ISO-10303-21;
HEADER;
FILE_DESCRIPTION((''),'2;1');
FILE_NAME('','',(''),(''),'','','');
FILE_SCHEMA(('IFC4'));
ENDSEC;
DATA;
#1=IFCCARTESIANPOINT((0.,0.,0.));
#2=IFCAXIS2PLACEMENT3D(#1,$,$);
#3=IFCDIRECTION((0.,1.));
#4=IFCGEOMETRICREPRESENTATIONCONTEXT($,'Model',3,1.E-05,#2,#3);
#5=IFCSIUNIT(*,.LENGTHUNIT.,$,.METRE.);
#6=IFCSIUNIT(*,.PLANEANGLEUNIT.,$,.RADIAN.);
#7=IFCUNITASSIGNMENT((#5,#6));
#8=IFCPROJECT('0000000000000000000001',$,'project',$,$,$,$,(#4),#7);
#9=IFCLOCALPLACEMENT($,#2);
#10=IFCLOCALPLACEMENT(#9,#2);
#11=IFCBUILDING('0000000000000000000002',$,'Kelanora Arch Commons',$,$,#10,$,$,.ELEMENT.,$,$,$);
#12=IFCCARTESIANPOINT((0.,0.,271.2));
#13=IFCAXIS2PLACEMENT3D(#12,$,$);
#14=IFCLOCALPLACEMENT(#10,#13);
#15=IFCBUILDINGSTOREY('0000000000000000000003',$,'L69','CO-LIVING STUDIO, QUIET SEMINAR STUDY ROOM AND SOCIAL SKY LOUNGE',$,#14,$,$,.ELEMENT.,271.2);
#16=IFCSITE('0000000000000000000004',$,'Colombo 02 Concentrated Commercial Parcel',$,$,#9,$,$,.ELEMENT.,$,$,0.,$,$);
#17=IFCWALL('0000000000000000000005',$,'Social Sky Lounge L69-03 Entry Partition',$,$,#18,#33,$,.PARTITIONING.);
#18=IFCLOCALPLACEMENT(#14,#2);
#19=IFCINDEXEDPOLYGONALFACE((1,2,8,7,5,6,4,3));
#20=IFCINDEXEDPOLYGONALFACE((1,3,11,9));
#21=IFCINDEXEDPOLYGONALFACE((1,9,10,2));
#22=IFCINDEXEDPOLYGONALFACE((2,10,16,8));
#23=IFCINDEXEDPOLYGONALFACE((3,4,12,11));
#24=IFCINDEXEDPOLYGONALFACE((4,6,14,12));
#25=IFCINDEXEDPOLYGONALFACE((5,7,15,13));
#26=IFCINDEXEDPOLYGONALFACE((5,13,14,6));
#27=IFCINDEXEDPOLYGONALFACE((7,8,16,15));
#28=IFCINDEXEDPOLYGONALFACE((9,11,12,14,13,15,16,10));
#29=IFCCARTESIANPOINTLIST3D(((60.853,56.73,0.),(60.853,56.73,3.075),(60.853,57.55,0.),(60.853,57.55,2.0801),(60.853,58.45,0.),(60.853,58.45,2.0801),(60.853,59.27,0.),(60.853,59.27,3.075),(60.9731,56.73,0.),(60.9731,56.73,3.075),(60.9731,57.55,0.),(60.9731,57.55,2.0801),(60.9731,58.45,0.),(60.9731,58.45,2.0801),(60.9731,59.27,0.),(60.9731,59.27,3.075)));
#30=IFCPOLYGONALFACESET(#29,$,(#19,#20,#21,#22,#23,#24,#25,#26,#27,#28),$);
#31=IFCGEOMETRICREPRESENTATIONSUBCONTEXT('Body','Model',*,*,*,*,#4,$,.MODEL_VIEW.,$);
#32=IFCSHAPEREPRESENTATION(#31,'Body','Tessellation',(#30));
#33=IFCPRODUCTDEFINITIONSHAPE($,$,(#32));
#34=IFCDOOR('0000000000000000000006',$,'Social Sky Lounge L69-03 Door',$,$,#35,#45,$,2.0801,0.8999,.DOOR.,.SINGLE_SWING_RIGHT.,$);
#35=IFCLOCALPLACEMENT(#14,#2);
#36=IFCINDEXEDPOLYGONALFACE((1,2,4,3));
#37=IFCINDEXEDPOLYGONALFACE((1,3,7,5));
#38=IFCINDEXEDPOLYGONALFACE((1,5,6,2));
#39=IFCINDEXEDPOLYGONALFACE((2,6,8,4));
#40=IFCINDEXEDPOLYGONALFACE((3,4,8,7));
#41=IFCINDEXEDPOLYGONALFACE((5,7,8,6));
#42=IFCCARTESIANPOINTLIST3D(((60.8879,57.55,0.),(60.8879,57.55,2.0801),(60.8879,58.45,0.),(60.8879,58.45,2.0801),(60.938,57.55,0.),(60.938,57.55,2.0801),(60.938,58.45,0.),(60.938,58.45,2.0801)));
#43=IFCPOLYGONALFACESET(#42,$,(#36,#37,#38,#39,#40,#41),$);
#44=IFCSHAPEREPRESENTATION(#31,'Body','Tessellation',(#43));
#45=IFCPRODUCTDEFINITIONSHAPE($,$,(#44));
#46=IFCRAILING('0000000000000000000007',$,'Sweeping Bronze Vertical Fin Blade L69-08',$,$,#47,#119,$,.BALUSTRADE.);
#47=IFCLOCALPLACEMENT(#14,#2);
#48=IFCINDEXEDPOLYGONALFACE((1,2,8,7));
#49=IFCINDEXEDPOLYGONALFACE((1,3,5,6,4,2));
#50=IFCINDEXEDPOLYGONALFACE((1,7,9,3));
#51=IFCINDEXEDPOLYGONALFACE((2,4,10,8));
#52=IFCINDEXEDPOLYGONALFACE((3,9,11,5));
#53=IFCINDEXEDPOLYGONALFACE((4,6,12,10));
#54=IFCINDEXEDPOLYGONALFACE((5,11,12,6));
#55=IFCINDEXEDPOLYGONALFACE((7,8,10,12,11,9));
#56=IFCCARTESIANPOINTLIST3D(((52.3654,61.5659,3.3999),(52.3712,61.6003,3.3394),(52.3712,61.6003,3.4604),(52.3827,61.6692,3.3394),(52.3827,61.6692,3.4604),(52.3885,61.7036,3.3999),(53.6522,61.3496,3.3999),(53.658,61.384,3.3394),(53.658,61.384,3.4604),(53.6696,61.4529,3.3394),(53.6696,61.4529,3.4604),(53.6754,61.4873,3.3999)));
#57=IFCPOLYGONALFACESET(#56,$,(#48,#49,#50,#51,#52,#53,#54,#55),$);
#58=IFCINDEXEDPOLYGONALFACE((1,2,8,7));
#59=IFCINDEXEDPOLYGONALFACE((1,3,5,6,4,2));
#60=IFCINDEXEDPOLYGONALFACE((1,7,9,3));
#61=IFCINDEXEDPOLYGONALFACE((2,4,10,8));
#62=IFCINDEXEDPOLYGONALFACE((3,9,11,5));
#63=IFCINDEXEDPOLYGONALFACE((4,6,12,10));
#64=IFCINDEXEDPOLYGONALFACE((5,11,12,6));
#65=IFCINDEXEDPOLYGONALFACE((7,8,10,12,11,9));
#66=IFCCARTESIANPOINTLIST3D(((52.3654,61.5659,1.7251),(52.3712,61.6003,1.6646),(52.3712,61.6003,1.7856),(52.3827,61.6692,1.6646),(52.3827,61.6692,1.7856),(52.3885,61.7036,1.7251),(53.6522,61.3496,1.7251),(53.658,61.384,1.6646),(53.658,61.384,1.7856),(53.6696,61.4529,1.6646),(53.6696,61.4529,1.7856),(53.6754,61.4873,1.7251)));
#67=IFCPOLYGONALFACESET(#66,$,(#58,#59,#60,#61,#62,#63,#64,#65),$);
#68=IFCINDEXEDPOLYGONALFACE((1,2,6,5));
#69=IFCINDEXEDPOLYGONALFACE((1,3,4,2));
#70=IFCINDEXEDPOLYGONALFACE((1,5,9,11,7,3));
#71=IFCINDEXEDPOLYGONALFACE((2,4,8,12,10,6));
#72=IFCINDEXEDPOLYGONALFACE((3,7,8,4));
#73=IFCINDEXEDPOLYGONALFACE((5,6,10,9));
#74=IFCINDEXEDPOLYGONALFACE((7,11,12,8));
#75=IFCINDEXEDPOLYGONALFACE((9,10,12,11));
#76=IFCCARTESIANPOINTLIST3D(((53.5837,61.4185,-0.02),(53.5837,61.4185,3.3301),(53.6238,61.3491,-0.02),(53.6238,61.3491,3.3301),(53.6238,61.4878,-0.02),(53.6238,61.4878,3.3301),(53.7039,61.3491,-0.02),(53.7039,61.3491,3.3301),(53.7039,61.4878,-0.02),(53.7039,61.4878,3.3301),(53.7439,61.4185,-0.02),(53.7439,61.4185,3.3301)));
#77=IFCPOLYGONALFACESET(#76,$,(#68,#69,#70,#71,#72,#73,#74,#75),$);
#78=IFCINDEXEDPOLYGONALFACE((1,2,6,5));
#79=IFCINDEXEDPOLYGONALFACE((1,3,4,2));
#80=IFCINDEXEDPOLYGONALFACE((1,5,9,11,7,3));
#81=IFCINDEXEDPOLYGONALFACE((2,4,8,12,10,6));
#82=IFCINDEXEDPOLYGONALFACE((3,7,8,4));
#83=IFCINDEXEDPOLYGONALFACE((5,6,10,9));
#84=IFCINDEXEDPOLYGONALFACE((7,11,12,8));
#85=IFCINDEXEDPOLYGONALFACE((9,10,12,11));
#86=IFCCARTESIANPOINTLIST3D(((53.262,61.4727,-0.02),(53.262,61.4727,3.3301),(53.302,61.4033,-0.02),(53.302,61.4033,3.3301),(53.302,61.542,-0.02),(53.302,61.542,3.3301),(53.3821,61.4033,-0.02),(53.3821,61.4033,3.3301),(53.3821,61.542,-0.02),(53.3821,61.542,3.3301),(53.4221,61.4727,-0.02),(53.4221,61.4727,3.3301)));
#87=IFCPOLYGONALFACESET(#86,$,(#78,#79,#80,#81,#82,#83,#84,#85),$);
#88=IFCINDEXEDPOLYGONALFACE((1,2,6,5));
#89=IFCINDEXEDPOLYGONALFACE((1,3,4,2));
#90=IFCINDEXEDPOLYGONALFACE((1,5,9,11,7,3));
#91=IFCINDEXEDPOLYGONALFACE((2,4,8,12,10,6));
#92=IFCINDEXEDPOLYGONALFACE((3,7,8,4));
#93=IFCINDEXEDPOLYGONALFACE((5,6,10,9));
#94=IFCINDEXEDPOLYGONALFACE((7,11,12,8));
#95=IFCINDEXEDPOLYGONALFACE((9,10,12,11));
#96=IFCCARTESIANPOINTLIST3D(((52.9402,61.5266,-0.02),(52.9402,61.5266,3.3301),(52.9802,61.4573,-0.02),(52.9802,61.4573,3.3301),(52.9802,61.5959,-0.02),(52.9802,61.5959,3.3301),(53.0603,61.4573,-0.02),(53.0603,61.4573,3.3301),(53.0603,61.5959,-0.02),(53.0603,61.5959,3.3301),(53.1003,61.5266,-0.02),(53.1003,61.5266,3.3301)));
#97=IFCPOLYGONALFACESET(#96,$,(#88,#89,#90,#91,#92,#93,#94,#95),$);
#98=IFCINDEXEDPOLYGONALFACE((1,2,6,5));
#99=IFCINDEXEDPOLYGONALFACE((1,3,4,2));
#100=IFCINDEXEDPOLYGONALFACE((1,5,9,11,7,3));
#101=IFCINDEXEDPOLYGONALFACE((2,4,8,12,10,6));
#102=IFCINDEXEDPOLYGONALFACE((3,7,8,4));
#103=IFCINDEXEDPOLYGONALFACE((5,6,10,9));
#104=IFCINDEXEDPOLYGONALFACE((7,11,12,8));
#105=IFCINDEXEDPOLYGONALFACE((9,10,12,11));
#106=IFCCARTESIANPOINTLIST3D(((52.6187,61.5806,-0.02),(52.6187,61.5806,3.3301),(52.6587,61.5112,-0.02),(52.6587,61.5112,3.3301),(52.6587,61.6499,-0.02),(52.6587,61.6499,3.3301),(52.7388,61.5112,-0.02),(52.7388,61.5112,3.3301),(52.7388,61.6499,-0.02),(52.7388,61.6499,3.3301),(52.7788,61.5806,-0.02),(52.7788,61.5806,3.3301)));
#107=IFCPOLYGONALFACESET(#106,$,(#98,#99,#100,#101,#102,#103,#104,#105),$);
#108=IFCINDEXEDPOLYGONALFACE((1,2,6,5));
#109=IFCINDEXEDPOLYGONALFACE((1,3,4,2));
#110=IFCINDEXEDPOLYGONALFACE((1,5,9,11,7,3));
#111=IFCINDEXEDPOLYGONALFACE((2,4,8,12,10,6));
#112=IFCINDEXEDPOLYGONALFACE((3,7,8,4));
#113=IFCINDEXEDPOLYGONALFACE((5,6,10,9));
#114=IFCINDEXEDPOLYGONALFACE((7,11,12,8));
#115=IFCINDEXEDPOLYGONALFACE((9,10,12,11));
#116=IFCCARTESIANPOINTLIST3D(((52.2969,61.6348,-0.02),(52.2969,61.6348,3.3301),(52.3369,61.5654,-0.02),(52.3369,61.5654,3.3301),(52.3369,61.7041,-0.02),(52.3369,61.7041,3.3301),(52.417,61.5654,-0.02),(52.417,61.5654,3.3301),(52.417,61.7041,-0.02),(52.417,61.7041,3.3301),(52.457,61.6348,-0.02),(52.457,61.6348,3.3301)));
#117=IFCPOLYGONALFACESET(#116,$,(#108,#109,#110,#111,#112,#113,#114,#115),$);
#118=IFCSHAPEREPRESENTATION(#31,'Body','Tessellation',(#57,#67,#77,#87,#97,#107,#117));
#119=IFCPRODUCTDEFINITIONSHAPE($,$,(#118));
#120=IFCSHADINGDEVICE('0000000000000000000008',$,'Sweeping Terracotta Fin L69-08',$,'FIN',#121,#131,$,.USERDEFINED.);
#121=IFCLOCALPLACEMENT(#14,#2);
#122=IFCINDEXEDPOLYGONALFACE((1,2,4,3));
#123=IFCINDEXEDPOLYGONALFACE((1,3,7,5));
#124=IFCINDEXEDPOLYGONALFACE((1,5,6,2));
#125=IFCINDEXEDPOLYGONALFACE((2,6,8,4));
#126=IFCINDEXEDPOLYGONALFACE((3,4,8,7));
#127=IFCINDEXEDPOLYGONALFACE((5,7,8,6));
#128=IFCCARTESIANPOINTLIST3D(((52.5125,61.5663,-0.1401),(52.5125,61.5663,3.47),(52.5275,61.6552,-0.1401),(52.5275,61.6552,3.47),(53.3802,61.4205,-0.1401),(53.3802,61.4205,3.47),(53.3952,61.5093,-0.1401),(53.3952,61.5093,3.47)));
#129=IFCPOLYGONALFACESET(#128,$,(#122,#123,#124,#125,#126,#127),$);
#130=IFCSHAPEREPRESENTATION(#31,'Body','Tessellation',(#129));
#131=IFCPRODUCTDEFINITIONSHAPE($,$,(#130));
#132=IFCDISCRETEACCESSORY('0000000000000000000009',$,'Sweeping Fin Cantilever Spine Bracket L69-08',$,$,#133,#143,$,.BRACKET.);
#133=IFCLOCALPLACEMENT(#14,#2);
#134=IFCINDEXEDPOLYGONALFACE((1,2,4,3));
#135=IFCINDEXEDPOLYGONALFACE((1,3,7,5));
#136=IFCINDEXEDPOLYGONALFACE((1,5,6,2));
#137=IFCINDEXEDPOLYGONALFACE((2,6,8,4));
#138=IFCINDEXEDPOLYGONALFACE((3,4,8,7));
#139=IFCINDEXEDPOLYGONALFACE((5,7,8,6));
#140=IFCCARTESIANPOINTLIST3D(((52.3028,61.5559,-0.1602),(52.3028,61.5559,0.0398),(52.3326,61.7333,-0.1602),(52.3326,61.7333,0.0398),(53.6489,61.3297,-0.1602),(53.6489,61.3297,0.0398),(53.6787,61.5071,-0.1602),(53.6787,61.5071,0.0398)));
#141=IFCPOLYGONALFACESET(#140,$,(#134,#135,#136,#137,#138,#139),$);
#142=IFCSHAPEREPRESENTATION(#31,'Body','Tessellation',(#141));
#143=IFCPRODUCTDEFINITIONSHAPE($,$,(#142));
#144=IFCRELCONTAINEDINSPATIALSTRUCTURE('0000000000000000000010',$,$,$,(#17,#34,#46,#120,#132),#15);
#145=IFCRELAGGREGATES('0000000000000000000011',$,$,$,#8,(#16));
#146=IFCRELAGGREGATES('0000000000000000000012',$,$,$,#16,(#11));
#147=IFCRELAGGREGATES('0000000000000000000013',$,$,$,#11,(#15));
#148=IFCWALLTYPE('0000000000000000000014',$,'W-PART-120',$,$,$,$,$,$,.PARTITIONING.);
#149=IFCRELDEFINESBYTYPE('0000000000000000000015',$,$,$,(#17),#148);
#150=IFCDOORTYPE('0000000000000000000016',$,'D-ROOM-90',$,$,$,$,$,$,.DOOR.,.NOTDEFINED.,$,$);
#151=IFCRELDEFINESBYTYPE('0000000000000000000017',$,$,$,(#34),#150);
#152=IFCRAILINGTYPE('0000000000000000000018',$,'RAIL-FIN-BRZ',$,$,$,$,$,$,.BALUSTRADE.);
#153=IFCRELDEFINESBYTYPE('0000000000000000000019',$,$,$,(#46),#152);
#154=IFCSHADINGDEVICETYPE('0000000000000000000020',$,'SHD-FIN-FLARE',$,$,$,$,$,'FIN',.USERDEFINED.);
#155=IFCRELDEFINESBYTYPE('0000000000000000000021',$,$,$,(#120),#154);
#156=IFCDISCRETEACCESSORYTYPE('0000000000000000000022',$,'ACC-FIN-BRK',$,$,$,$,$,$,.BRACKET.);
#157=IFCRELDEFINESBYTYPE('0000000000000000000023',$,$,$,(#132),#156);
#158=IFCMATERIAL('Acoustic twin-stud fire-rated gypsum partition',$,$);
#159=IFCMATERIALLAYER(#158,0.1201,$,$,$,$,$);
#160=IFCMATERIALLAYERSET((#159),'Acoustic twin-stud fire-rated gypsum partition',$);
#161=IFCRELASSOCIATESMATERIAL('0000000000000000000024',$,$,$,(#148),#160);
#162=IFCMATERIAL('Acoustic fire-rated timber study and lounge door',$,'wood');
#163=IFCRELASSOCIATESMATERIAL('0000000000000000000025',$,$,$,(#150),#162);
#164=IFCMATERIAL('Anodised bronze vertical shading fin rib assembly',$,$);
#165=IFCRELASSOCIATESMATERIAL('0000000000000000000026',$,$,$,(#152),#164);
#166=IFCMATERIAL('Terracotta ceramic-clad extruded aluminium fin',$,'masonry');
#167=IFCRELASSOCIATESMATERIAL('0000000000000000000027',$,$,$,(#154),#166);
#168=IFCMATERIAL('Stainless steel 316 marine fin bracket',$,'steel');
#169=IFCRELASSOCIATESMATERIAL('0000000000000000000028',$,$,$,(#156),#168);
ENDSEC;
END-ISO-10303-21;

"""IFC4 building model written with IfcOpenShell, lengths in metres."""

from ifc_helpers import new_model, si_unit, direction, frame, frame_2d, origin, origin_2d, place, context, subcontext, project, spatial, polyline, rectangle, outline, extrude, source, transform, mapped, material, layer, layer_set, type_object, element, fill, save


model = new_model("IFC4")

# Units and contexts
model_context = context("Model", 3, precision=1e-05, world=origin(), true_north=direction((0.0, 1.0)))
body_context = subcontext(model_context, "Body", "Model", "MODEL_VIEW")
ifc_project = project(units=[si_unit("LENGTHUNIT", "METRE"), si_unit("PLANEANGLEUNIT", "RADIAN")], contexts=[model_context])

# Site, building, storey
site_placement = place(None, origin())
site = spatial("IfcSite", under=ifc_project, at=site_placement, Name="Colombo 02 Concentrated Commercial Parcel", CompositionType="ELEMENT", RefElevation=0.0)
building_placement = place(site_placement, origin())
building = spatial("IfcBuilding", under=site, at=building_placement, Name="Kelanora Arch Commons", CompositionType="ELEMENT")
storey_placement = place(building_placement, frame((0.0, 0.0, 271.2)))
storey = spatial("IfcBuildingStorey", under=building, at=storey_placement, Name="L69", Description="CO-LIVING STUDIO, QUIET SEMINAR STUDY ROOM AND SOCIAL SKY LOUNGE", CompositionType="ELEMENT", Elevation=271.2)

# Wall, opening, door
ifc_material_1 = material(Name="Acoustic twin-stud fire-rated gypsum partition")
ifc_layer_1 = layer(ifc_material_1, 0.1201)
ifc_layer_set_1 = layer_set([ifc_layer_1], Name="Acoustic twin-stud fire-rated gypsum partition")
wall_type_1 = type_object("IfcWallType", Name="W-PART-120", PredefinedType="PARTITIONING", material=ifc_layer_set_1)
wall_1_placement = place(storey_placement, frame((60.9131, 59.27, 0.0), z_axis=(0.0, 0.0, 1.0), x_axis=(0.0, -1.0, 0.0)))
wall_1 = element("IfcWall", 1, at=wall_1_placement, inside=storey, type_object=wall_type_1, Name="Social Sky Lounge L69-03 Entry Partition", PredefinedType="PARTITIONING", context=body_context, shape_type="SweptSolid", body=[
    extrude(rectangle(XDim=2.54, YDim=0.1201, at=frame_2d((1.27, 0.0))), origin(), (0.0, 0.0, 1.0), 3.075),
])
opening_placement = place(wall_1_placement, frame((0.8201, 0.0, 0.0)))
opening = element("IfcOpeningElement", 2, at=opening_placement, cuts=wall_1, PredefinedType="OPENING", context=body_context, shape_type="SweptSolid", body=[
    extrude(rectangle(XDim=0.8999, YDim=2.0801, at=frame_2d((0.45, 1.04))), frame((0.0, 0.0701, 0.0), z_axis=(0.0, -1.0, 0.0), x_axis=(1.0, 0.0, 0.0)), (0.0, 0.0, 1.0), 0.1401),
])
ifc_material_2 = material(Name="Acoustic fire-rated timber study and lounge door", Category="wood")
door_type = type_object("IfcDoorType", Name="D-ROOM-90", OperationType="NOTDEFINED", PredefinedType="DOOR", material=ifc_material_2)
door_placement = place(opening_placement, origin())
door = element("IfcDoor", 3, at=door_placement, inside=storey, type_object=door_type, Name="Social Sky Lounge L69-03 Door", OperationType="SINGLE_SWING_RIGHT", OverallHeight=2.0801, OverallWidth=0.8999, PredefinedType="DOOR", context=body_context, shape_type="SweptSolid", body=[
    extrude(rectangle(XDim=0.8999, YDim=2.0801, at=frame_2d((0.45, 1.04))), frame((0.0, 0.0249, 0.0), z_axis=(0.0, -1.0, 0.0), x_axis=(1.0, 0.0, 0.0)), (0.0, 0.0, 1.0), 0.05),
])
fill(opening, door)

# Railing
ifc_material_3 = material(Name="Anodised bronze vertical shading fin rib assembly")
railing_type = type_object("IfcRailingType", Name="RAIL-FIN-BRZ", PredefinedType="BALUSTRADE", material=ifc_material_3)
railing_placement = place(storey_placement, frame((53.6638, 61.4185, -0.02)))
element("IfcRailing", 4, at=railing_placement, inside=storey, type_object=railing_type, Name="Sweeping Bronze Vertical Fin Blade L69-08", PredefinedType="BALUSTRADE", context=body_context, shape_type="SweptSolid", body=[
    extrude(outline(polyline([(0.0698, 0.0), (0.0349, 0.0605), (-0.0349, 0.0605), (-0.0698, 0.0), (-0.0349, -0.0605), (0.0349, -0.0605), (0.0698, 0.0)])), frame((0.0, 0.0, 3.4199), z_axis=(-0.986165, 0.165764, 0.0), x_axis=(-0.165764, -0.986165, 0.0)), (0.0, 0.0, 1.0), 1.3049),
    extrude(outline(polyline([(0.0698, 0.0), (0.0349, 0.0605), (-0.0349, 0.0605), (-0.0698, 0.0), (-0.0349, -0.0605), (0.0349, -0.0605), (0.0698, 0.0)])), frame((0.0, 0.0, 1.7451), z_axis=(-0.986165, 0.165764, 0.0), x_axis=(-0.165764, -0.986165, 0.0)), (0.0, 0.0, 1.0), 1.3049),
    extrude(outline(polyline([(0.0801, 0.0), (0.04, 0.0693), (-0.04, 0.0693), (-0.0801, 0.0), (-0.04, -0.0693), (0.04, -0.0693), (0.0801, 0.0)])), origin(), (0.0, 0.0, 1.0), 3.3501),
    extrude(outline(polyline([(0.0801, 0.0), (0.04, 0.0693), (-0.04, 0.0693), (-0.0801, 0.0), (-0.04, -0.0693), (0.04, -0.0693), (0.0801, 0.0)])), frame((-0.3218, 0.0542, 0.0)), (0.0, 0.0, 1.0), 3.3501),
    extrude(outline(polyline([(0.0801, 0.0), (0.04, 0.0693), (-0.04, 0.0693), (-0.0801, 0.0), (-0.04, -0.0693), (0.04, -0.0693), (0.0801, 0.0)])), frame((-0.6436, 0.1082, 0.0)), (0.0, 0.0, 1.0), 3.3501),
    extrude(outline(polyline([(0.0801, 0.0), (0.04, 0.0693), (-0.04, 0.0693), (-0.0801, 0.0), (-0.04, -0.0693), (0.04, -0.0693), (0.0801, 0.0)])), frame((-0.9651, 0.1621, 0.0)), (0.0, 0.0, 1.0), 3.3501),
    extrude(outline(polyline([(0.0801, 0.0), (0.04, 0.0693), (-0.04, 0.0693), (-0.0801, 0.0), (-0.04, -0.0693), (0.04, -0.0693), (0.0801, 0.0)])), frame((-1.2869, 0.2163, 0.0)), (0.0, 0.0, 1.0), 3.3501),
])

# Shading device
ifc_material_4 = material(Name="Terracotta ceramic-clad extruded aluminium fin", Category="masonry")
shading_device_type = type_object("IfcShadingDeviceType", Name="SHD-FIN-FLARE", ElementType="FIN", PredefinedType="USERDEFINED", material=ifc_material_4)
shared_shape_1 = source(origin(), body_context, "Body", "SweptSolid", [
    extrude(rectangle(XDim=0.8799, YDim=0.0901, at=origin_2d()), origin(), (0.0, 0.0, 1.0), 3.6101),
])
shading_device_placement = place(storey_placement, frame((52.9539, 61.5378, -0.1401), z_axis=(0.0, 0.0, 1.0), x_axis=(-0.98617, 0.165736, 0.0)))
element("IfcShadingDevice", 5, at=shading_device_placement, inside=storey, type_object=shading_device_type, Name="Sweeping Terracotta Fin L69-08", ObjectType="FIN", PredefinedType="USERDEFINED", context=body_context, shape_type="MappedRepresentation", body=[
    mapped(shared_shape_1, transform((0.0, 0.0, 0.0), scale=1.0)),
])

# Discrete accessory
ifc_material_5 = material(Name="Stainless steel 316 marine fin bracket", Category="steel")
discrete_accessory_type = type_object("IfcDiscreteAccessoryType", Name="ACC-FIN-BRK", PredefinedType="BRACKET", material=ifc_material_5)
shared_shape_2 = source(origin(), body_context, "Body", "SweptSolid", [
    extrude(rectangle(XDim=1.365, YDim=0.1799, at=origin_2d()), origin(), (0.0, 0.0, 1.0), 0.2),
])
discrete_accessory_placement = place(storey_placement, frame((52.9907, 61.5315, -0.1602), z_axis=(0.0, 0.0, 1.0), x_axis=(-0.98617, 0.165736, 0.0)))
element("IfcDiscreteAccessory", 6, at=discrete_accessory_placement, inside=storey, type_object=discrete_accessory_type, Name="Sweeping Fin Cantilever Spine Bracket L69-08", PredefinedType="BRACKET", context=body_context, shape_type="MappedRepresentation", body=[
    mapped(shared_shape_2, transform((0.0, 0.0, 0.0), scale=1.0)),
])

save(model, "model.ifc")
